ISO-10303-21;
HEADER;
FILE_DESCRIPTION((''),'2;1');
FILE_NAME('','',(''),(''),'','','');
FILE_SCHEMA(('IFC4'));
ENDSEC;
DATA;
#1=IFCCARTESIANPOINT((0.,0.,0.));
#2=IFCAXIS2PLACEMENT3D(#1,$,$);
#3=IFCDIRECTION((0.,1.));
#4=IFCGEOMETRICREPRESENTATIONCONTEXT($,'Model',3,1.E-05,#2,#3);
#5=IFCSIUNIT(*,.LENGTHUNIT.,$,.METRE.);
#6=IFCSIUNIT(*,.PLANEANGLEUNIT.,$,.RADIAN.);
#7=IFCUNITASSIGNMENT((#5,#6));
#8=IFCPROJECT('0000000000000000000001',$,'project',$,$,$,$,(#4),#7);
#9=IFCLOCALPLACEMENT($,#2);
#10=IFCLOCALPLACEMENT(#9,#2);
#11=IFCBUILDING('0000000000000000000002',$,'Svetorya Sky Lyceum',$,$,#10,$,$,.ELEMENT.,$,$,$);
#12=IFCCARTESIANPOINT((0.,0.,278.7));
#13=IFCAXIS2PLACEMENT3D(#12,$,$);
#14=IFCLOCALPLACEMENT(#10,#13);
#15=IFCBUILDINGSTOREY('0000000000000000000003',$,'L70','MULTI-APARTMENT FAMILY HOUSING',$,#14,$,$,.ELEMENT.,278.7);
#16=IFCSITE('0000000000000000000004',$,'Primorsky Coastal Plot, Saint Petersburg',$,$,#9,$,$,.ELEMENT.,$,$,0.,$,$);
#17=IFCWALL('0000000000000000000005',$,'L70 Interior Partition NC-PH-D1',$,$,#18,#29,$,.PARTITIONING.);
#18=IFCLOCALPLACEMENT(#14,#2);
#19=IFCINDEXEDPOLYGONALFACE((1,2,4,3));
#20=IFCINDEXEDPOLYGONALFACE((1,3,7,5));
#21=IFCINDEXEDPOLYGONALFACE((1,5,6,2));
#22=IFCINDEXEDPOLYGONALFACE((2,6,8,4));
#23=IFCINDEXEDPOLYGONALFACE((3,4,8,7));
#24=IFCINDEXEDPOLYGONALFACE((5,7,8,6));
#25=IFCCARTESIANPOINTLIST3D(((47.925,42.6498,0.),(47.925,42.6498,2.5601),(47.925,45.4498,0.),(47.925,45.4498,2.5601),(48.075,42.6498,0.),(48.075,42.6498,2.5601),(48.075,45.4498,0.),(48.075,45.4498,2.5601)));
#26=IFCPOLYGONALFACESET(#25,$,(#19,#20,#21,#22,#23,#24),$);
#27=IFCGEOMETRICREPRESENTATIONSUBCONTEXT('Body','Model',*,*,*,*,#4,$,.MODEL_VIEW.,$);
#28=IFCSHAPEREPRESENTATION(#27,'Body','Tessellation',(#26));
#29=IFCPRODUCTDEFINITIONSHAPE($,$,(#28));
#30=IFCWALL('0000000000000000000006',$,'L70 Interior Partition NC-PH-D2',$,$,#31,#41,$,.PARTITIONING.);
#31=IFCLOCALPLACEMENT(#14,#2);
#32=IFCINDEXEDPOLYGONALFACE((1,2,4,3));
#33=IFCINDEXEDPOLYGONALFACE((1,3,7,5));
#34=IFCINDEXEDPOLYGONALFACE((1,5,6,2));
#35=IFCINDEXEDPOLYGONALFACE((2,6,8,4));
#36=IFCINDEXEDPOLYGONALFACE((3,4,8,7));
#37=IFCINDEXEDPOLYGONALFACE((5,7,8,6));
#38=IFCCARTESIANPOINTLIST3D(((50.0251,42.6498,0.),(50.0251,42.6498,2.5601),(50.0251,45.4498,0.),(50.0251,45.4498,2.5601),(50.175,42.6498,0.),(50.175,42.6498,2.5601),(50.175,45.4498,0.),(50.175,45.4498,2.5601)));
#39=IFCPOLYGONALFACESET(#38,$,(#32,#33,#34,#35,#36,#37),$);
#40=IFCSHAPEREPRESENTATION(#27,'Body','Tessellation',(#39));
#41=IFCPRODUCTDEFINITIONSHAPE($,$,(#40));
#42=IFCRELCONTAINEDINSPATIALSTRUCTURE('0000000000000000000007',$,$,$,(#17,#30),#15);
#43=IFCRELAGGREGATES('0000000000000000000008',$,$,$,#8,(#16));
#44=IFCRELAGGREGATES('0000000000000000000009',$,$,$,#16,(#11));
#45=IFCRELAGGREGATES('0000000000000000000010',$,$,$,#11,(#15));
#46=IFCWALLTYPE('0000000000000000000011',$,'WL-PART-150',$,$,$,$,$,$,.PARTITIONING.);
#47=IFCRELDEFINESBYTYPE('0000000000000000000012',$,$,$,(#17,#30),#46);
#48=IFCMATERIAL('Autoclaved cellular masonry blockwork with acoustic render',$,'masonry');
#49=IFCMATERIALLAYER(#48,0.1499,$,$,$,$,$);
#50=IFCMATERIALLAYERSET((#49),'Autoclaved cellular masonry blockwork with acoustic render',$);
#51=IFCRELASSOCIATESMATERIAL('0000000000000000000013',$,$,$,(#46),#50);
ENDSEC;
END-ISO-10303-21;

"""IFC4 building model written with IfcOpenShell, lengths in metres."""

from ifc_helpers import new_model, si_unit, direction, frame, frame_2d, origin, place, context, subcontext, project, spatial, rectangle, extrude, material, layer, layer_set, type_object, element, save


model = new_model("IFC4")

# Units and contexts
model_context = context("Model", 3, precision=1e-05, world=origin(), true_north=direction((0.0, 1.0)))
body_context = subcontext(model_context, "Body", "Model", "MODEL_VIEW")
ifc_project = project(units=[si_unit("LENGTHUNIT", "METRE"), si_unit("PLANEANGLEUNIT", "RADIAN")], contexts=[model_context])

# Site, building, storey
site_placement = place(None, origin())
site = spatial("IfcSite", under=ifc_project, at=site_placement, Name="Primorsky Coastal Plot, Saint Petersburg", CompositionType="ELEMENT", RefElevation=0.0)
building_placement = place(site_placement, origin())
building = spatial("IfcBuilding", under=site, at=building_placement, Name="Svetorya Sky Lyceum", CompositionType="ELEMENT")
storey_placement = place(building_placement, frame((0.0, 0.0, 278.7)))
storey = spatial("IfcBuildingStorey", under=building, at=storey_placement, Name="L70", Description="MULTI-APARTMENT FAMILY HOUSING", CompositionType="ELEMENT", Elevation=278.7)

# Walls
ifc_material_1 = material(Name="Autoclaved cellular masonry blockwork with acoustic render", Category="masonry")
ifc_layer_1 = layer(ifc_material_1, 0.1499)
ifc_layer_set_1 = layer_set([ifc_layer_1], Name="Autoclaved cellular masonry blockwork with acoustic render")
wall_type_1 = type_object("IfcWallType", Name="WL-PART-150", PredefinedType="PARTITIONING", material=ifc_layer_set_1)
for number, where, z_axis, x_axis, name in (
    (1, (48.0, 42.6499, 0.0), (0.0, 0.0, 1.0), (0.0, 1.0, 0.0), "L70 Interior Partition NC-PH-D1"),
    (2, (50.1001, 42.6499, 0.0), (0.0, 0.0, 1.0), (0.0, 1.0, 0.0), "L70 Interior Partition NC-PH-D2"),
):
    element("IfcWall", number, at=place(storey_placement, frame(where, z_axis=z_axis, x_axis=x_axis)), inside=storey, type_object=wall_type_1, Name=name, PredefinedType="PARTITIONING", context=body_context, shape_type="SweptSolid", body=[
        extrude(rectangle(XDim=2.8, YDim=0.1499, at=frame_2d((1.3999, 0.0))), origin(), (0.0, 0.0, 1.0), 2.5601),
    ])

save(model, "model.ifc")
